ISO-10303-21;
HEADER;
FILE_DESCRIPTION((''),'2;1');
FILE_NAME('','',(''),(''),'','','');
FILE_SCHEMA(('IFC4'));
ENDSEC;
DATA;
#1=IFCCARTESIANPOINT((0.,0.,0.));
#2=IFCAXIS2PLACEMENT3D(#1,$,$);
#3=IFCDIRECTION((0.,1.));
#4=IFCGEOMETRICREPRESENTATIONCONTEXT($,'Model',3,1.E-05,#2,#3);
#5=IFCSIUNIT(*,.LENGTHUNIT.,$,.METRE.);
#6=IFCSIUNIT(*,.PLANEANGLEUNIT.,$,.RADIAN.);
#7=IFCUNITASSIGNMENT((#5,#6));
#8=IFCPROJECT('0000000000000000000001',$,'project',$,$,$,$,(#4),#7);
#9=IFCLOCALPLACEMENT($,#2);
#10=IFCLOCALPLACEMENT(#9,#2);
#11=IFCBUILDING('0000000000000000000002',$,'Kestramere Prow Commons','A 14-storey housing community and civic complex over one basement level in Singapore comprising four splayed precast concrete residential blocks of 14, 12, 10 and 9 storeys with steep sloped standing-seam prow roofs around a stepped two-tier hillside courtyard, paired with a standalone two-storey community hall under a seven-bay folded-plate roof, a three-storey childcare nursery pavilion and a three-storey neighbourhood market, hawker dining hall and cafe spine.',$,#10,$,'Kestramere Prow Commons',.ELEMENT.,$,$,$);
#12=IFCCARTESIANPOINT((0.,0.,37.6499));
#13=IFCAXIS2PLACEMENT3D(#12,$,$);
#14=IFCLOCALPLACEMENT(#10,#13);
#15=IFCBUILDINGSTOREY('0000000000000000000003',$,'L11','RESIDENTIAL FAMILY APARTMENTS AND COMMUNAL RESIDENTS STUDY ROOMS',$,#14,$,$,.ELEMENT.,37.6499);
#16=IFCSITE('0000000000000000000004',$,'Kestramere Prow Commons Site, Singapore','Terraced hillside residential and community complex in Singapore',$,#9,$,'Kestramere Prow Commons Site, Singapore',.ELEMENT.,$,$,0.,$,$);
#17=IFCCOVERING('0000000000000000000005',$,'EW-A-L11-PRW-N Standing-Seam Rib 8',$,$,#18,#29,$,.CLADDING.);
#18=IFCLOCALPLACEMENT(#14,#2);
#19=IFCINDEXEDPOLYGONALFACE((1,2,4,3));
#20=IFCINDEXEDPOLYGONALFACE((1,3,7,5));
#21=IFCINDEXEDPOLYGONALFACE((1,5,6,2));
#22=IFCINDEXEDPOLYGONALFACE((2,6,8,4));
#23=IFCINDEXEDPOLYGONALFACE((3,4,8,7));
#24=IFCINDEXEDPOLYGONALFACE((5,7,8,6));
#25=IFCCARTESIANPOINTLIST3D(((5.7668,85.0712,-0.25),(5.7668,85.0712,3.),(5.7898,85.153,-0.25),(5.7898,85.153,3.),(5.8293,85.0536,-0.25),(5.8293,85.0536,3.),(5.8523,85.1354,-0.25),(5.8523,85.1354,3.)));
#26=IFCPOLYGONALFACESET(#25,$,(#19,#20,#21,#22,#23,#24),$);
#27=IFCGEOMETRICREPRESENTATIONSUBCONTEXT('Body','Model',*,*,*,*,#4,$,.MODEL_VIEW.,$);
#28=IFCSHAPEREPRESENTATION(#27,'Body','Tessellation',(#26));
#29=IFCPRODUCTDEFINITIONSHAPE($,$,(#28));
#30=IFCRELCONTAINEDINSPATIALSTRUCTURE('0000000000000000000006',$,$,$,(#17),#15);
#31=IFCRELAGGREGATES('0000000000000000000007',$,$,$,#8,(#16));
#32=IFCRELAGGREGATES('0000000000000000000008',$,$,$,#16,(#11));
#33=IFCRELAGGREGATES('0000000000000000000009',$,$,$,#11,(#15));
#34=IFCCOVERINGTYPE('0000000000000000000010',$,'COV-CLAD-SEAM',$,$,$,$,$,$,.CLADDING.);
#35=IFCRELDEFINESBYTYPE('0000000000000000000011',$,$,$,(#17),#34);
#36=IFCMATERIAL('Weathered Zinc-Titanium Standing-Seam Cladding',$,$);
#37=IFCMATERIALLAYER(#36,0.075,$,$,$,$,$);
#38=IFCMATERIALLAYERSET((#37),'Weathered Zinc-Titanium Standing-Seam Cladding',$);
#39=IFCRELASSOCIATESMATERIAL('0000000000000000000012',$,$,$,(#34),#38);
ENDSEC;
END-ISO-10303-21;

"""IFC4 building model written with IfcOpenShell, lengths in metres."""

from ifc_helpers import new_model, si_unit, direction, frame, origin, origin_2d, place, context, subcontext, project, spatial, rectangle, extrude, material, layer, layer_set, type_object, element, save


model = new_model("IFC4")

# Units and contexts
model_context = context("Model", 3, precision=1e-05, world=origin(), true_north=direction((0.0, 1.0)))
body_context = subcontext(model_context, "Body", "Model", "MODEL_VIEW")
ifc_project = project(units=[si_unit("LENGTHUNIT", "METRE"), si_unit("PLANEANGLEUNIT", "RADIAN")], contexts=[model_context])

# Site, building, storey
site_placement = place(None, origin())
site = spatial("IfcSite", under=ifc_project, at=site_placement, Name="Kestramere Prow Commons Site, Singapore", Description="Terraced hillside residential and community complex in Singapore", LongName="Kestramere Prow Commons Site, Singapore", CompositionType="ELEMENT", RefElevation=0.0)
building_placement = place(site_placement, origin())
building = spatial("IfcBuilding", under=site, at=building_placement, Name="Kestramere Prow Commons", Description="A 14-storey housing community and civic complex over one basement level in Singapore comprising four splayed precast concrete residential blocks of 14, 12, 10 and 9 storeys with steep sloped standing-seam prow roofs around a stepped two-tier hillside courtyard, paired with a standalone two-storey community hall under a seven-bay folded-plate roof, a three-storey childcare nursery pavilion and a three-storey neighbourhood market, hawker dining hall and cafe spine.", LongName="Kestramere Prow Commons", CompositionType="ELEMENT")
storey_placement = place(building_placement, frame((0.0, 0.0, 37.6499)))
storey = spatial("IfcBuildingStorey", under=building, at=storey_placement, Name="L11", Description="RESIDENTIAL FAMILY APARTMENTS AND COMMUNAL RESIDENTS STUDY ROOMS", CompositionType="ELEMENT", Elevation=37.6499)

# Covering
ifc_material_1 = material(Name="Weathered Zinc-Titanium Standing-Seam Cladding")
ifc_layer_1 = layer(ifc_material_1, 0.075)
ifc_layer_set_1 = layer_set([ifc_layer_1], Name="Weathered Zinc-Titanium Standing-Seam Cladding")
covering_type = type_object("IfcCoveringType", Name="COV-CLAD-SEAM", PredefinedType="CLADDING", material=ifc_layer_set_1)
for number, where, z_axis, x_axis, name in (
    (1, (5.8096, 85.1033, -0.25), (0.0, 0.0, 1.0), (0.27116, 0.962534, 0.0), "EW-A-L11-PRW-N Standing-Seam Rib 8"),
):
    element("IfcCovering", number, at=place(storey_placement, frame(where, z_axis=z_axis, x_axis=x_axis)), inside=storey, type_object=covering_type, Name=name, PredefinedType="CLADDING", context=body_context, shape_type="SweptSolid", body=[
        extrude(rectangle(XDim=0.085, YDim=0.0649, at=origin_2d()), origin(), (0.0, 0.0, 1.0), 3.25),
    ])

save(model, "model.ifc")
